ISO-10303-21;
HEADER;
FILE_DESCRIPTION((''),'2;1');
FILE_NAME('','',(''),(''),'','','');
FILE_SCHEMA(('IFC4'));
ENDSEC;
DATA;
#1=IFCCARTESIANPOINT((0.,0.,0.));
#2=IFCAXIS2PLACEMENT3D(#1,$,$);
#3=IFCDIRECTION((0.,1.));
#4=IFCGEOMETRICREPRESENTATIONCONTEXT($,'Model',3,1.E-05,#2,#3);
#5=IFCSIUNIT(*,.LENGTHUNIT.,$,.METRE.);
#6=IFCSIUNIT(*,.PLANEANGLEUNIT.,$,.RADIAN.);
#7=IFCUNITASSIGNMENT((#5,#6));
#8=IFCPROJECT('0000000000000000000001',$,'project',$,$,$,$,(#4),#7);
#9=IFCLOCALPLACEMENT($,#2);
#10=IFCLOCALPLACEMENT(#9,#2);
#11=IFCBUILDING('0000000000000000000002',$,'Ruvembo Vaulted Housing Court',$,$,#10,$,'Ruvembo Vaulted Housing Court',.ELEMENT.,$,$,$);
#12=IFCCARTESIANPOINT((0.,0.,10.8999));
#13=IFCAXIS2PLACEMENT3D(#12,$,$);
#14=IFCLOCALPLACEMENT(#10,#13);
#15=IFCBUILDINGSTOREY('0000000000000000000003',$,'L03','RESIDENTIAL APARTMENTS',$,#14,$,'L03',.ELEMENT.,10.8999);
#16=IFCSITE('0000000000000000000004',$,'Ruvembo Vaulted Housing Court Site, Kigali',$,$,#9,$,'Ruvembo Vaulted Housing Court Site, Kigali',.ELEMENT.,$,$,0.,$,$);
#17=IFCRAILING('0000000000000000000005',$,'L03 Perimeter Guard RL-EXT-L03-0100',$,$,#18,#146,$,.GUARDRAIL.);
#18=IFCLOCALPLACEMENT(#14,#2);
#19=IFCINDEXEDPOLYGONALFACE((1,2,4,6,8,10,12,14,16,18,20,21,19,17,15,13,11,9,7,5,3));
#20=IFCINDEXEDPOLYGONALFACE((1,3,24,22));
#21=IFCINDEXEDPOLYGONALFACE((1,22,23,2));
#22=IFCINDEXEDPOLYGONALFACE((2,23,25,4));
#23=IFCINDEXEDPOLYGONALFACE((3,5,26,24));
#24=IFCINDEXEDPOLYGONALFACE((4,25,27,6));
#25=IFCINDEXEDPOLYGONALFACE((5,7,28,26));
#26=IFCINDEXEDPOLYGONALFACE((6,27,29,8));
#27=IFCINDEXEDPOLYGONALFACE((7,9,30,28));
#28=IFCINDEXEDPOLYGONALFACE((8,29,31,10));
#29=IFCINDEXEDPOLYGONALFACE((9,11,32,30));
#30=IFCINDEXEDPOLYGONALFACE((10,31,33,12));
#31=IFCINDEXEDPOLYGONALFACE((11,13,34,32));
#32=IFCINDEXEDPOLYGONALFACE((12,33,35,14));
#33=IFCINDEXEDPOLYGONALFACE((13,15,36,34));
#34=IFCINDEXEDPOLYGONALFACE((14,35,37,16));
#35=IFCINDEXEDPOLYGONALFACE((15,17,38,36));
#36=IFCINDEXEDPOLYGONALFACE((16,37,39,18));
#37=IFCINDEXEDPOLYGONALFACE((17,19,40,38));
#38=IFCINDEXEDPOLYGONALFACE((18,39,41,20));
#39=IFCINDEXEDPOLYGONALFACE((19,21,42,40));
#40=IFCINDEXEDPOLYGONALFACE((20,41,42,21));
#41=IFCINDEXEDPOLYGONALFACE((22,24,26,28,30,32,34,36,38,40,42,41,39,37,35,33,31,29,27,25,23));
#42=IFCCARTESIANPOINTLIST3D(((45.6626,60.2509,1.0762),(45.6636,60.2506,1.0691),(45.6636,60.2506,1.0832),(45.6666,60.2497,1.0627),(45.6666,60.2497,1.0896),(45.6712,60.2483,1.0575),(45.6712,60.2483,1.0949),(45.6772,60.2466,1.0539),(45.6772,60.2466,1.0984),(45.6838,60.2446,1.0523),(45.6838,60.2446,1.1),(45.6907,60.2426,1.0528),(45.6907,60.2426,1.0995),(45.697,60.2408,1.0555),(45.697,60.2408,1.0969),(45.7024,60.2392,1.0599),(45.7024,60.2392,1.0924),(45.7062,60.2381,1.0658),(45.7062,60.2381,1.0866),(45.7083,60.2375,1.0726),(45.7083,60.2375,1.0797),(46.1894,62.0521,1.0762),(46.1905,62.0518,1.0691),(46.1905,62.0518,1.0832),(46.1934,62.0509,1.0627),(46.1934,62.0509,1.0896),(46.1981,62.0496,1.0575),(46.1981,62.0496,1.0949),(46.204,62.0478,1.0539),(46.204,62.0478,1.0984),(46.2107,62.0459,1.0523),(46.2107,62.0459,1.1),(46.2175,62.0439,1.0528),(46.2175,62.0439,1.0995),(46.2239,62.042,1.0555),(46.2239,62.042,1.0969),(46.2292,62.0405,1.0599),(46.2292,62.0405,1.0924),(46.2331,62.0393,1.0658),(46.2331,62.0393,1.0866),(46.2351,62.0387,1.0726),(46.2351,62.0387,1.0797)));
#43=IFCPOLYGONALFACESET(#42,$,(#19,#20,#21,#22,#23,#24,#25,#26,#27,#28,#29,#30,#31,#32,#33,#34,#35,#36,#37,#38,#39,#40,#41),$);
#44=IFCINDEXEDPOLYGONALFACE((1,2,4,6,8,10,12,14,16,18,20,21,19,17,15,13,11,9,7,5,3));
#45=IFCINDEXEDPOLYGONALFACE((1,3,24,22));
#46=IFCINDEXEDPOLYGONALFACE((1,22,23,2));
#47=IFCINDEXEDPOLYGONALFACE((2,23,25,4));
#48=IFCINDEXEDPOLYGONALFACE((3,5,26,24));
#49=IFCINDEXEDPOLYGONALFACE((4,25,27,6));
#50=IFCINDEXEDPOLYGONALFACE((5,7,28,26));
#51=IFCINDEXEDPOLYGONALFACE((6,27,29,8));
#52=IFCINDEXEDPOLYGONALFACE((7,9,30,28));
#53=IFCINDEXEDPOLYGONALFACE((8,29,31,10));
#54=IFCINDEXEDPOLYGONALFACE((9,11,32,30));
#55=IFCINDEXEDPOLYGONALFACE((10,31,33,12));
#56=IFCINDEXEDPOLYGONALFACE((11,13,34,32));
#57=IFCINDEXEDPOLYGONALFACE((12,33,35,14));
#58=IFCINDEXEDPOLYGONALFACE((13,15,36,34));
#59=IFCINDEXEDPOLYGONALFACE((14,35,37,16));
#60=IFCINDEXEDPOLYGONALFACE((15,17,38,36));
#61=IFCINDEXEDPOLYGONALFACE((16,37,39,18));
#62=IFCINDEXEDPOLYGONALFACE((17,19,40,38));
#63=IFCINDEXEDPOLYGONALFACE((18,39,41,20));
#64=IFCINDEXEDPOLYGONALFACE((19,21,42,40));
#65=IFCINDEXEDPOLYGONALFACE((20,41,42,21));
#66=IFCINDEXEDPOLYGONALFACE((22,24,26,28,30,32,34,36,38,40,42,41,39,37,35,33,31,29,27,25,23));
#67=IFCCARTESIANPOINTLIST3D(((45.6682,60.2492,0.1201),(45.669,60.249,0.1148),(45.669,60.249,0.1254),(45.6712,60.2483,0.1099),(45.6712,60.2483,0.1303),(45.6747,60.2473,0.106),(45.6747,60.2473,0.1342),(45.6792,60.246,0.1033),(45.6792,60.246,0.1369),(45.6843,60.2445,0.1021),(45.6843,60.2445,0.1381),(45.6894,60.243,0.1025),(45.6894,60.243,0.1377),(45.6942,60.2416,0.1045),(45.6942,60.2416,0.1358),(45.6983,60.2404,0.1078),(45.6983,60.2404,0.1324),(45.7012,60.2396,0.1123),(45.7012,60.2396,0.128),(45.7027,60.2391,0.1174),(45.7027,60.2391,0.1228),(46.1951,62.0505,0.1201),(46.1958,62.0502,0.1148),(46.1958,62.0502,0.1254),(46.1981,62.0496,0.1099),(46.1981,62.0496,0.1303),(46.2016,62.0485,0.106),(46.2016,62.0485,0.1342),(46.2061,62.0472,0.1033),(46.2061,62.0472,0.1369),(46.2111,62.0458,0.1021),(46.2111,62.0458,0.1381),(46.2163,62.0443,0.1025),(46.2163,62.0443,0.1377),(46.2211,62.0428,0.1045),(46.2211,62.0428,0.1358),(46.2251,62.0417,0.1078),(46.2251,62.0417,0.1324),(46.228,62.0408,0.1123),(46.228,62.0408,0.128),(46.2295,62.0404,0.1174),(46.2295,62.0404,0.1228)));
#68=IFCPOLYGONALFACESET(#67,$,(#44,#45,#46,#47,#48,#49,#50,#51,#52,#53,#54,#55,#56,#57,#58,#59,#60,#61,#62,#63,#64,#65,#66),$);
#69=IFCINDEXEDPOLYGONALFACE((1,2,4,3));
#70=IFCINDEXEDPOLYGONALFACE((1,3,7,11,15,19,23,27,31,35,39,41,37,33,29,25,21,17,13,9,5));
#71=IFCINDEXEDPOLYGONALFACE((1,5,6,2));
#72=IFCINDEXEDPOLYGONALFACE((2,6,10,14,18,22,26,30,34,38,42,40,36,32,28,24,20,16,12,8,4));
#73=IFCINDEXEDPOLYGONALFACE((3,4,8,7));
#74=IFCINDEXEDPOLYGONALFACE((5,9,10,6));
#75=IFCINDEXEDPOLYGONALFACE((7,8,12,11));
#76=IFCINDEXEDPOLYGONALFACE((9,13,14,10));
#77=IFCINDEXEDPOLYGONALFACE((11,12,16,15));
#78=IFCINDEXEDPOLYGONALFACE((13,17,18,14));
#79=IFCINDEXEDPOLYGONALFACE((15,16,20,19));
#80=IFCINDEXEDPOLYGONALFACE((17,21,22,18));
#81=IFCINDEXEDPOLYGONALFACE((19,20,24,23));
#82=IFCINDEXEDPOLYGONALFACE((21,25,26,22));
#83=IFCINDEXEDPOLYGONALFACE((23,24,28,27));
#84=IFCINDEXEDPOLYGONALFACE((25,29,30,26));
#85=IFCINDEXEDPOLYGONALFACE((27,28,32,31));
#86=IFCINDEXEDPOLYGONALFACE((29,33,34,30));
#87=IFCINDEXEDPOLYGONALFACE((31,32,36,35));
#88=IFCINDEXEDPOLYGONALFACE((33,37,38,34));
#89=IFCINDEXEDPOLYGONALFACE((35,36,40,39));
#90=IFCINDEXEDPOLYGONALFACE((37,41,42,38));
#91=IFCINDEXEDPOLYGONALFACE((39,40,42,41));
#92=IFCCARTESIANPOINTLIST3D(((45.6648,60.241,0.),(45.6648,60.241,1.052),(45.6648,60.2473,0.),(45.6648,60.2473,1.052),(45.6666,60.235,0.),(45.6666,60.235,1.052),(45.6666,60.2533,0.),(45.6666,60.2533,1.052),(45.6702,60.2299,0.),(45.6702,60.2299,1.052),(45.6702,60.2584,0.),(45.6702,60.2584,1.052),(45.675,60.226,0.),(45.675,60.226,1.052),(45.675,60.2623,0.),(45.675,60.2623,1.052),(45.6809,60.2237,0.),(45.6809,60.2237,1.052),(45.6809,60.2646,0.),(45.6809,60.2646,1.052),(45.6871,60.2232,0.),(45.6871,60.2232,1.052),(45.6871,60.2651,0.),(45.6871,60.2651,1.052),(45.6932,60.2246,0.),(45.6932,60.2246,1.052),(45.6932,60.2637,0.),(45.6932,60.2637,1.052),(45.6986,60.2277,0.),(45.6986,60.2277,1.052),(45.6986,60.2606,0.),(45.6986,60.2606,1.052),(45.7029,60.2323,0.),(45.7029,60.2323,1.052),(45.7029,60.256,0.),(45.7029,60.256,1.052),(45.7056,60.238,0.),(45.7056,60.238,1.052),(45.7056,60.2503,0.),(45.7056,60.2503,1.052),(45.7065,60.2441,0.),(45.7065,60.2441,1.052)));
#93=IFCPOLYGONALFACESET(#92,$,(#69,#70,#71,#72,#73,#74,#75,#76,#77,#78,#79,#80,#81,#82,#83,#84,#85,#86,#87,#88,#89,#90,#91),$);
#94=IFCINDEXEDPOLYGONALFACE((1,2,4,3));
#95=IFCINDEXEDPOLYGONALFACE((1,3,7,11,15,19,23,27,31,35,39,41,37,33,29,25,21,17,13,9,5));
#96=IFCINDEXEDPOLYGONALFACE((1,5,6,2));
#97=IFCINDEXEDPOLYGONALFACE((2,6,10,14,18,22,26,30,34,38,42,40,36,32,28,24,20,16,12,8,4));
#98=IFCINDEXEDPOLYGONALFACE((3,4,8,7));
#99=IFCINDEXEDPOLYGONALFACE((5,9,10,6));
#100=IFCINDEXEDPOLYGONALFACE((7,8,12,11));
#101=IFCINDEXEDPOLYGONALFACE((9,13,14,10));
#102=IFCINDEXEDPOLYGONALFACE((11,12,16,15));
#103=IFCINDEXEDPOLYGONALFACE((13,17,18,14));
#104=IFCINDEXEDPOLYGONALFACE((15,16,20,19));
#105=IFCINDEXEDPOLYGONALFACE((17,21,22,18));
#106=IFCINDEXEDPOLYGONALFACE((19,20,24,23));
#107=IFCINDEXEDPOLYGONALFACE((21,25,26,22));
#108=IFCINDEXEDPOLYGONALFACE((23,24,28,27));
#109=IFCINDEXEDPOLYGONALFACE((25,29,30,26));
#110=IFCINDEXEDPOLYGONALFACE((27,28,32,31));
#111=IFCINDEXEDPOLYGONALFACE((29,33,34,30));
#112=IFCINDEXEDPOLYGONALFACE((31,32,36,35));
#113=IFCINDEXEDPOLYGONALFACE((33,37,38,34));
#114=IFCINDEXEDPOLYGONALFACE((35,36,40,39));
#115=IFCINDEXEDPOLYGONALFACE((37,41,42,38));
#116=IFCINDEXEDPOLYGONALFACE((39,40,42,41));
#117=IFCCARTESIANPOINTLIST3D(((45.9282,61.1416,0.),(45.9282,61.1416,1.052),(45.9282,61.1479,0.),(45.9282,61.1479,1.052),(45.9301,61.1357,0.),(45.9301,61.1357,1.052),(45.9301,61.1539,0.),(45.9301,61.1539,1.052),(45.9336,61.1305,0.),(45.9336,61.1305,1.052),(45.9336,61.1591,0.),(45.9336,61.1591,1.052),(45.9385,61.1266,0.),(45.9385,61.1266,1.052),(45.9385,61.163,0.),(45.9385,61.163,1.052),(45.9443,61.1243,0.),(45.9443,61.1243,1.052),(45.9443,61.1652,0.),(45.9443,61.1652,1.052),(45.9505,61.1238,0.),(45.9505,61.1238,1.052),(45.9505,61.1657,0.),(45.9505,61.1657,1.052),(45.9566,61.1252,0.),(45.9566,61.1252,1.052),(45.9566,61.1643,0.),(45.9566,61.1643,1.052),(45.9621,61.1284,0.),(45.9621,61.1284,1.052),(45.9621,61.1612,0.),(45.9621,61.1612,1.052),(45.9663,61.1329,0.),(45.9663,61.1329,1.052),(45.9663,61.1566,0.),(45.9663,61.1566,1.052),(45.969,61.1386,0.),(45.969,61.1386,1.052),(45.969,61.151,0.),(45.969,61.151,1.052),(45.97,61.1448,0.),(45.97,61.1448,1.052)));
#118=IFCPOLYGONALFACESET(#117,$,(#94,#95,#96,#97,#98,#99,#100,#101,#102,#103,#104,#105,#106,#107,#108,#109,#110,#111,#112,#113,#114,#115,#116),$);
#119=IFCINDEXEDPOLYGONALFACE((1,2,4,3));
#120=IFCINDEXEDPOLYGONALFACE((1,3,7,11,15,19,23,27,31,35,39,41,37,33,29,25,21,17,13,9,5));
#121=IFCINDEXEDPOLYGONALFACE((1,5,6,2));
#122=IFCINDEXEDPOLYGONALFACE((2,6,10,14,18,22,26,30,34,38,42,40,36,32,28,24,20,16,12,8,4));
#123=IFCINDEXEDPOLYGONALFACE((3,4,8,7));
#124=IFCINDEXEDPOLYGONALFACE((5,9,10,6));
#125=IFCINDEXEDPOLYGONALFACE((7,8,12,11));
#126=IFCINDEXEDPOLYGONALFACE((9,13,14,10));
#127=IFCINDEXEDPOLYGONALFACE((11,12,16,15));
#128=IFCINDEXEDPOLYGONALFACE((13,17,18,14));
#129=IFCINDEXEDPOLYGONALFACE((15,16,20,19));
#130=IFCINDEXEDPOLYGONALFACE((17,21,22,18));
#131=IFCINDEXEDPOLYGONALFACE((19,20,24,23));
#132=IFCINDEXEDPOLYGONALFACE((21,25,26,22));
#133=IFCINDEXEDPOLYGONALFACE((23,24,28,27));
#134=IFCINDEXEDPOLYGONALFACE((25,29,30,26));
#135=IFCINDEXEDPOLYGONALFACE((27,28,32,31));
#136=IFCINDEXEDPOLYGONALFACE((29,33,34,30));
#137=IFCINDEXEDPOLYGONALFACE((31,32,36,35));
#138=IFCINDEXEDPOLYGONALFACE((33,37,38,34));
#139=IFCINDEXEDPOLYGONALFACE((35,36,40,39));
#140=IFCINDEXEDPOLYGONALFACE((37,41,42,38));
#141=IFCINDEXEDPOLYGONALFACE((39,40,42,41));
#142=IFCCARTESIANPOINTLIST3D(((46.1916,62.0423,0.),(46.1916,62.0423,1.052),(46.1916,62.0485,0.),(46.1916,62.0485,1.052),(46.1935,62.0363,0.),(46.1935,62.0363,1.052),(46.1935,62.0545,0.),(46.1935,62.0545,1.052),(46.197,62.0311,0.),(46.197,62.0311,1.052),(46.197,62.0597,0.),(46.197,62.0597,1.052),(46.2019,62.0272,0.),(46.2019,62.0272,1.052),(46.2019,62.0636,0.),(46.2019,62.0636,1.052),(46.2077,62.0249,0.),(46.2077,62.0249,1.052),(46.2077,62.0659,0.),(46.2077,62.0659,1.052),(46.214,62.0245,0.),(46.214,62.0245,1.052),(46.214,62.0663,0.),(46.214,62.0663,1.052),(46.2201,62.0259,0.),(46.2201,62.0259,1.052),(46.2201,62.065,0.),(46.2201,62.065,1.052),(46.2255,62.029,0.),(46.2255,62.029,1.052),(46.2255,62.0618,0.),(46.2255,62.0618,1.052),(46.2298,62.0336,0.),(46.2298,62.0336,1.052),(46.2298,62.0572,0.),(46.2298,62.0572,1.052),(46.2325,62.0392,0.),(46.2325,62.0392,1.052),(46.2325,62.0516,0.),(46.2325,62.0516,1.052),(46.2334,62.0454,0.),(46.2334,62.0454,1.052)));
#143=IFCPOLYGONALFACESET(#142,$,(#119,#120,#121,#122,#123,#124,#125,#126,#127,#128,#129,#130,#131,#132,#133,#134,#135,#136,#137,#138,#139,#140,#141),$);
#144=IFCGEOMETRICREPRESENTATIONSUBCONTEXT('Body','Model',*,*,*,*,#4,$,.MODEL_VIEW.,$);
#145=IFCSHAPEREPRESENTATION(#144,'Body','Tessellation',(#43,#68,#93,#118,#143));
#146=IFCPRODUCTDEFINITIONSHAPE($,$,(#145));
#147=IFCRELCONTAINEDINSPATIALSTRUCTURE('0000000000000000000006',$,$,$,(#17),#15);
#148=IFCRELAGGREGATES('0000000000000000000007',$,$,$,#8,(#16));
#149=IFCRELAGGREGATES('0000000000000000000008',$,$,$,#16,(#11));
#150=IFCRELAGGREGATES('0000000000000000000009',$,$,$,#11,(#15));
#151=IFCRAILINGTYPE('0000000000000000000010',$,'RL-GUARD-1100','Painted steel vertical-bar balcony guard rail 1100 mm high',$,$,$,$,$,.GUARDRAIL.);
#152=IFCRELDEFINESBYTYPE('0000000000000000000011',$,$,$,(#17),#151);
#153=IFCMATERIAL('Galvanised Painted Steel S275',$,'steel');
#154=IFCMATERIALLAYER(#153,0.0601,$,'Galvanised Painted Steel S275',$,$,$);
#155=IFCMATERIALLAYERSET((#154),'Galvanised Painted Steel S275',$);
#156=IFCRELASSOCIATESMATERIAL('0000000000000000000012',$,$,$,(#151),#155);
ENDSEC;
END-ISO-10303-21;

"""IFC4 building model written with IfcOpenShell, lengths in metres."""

from ifc_helpers import new_model, si_unit, direction, frame, origin, origin_2d, place, context, subcontext, project, spatial, circle, extrude, material, layer, layer_set, type_object, element, save


model = new_model("IFC4")

# Units and contexts
model_context = context("Model", 3, precision=1e-05, world=origin(), true_north=direction((0.0, 1.0)))
body_context = subcontext(model_context, "Body", "Model", "MODEL_VIEW")
ifc_project = project(units=[si_unit("LENGTHUNIT", "METRE"), si_unit("PLANEANGLEUNIT", "RADIAN")], contexts=[model_context])

# Site, building, storey
site_placement = place(None, origin())
site = spatial("IfcSite", under=ifc_project, at=site_placement, Name="Ruvembo Vaulted Housing Court Site, Kigali", LongName="Ruvembo Vaulted Housing Court Site, Kigali", CompositionType="ELEMENT", RefElevation=0.0)
building_placement = place(site_placement, origin())
building = spatial("IfcBuilding", under=site, at=building_placement, Name="Ruvembo Vaulted Housing Court", LongName="Ruvembo Vaulted Housing Court", CompositionType="ELEMENT")
storey_placement = place(building_placement, frame((0.0, 0.0, 10.8999)))
storey = spatial("IfcBuildingStorey", under=building, at=storey_placement, Name="L03", Description="RESIDENTIAL APARTMENTS", LongName="L03", CompositionType="ELEMENT", Elevation=10.8999)

# Railing
ifc_material_1 = material(Name="Galvanised Painted Steel S275", Category="steel")
ifc_layer_1 = layer(ifc_material_1, 0.0601, Name="Galvanised Painted Steel S275")
ifc_layer_set_1 = layer_set([ifc_layer_1], Name="Galvanised Painted Steel S275")
railing_type = type_object("IfcRailingType", Name="RL-GUARD-1100", Description="Painted steel vertical-bar balcony guard rail 1100 mm high", PredefinedType="GUARDRAIL", material=ifc_layer_set_1)
railing_1_placement = place(storey_placement, frame((45.6855, 60.2441, 0.0)))
element("IfcRailing", 1, at=railing_1_placement, inside=storey, type_object=railing_type, Name="L03 Perimeter Guard RL-EXT-L03-0100", PredefinedType="GUARDRAIL", context=body_context, shape_type="SweptSolid", body=[
    extrude(circle(Radius=0.0239, at=origin_2d()), frame((0.0, 0.0, 1.0762), z_axis=(0.280729, 0.959787, 0.0), x_axis=(-0.959787, 0.280729, 0.0)), (0.0, 0.0, 1.0), 1.8767),
    extrude(circle(Radius=0.0181, at=origin_2d()), frame((0.0, 0.0, 0.1201), z_axis=(0.280729, 0.959787, 0.0), x_axis=(-0.959787, 0.280729, 0.0)), (0.0, 0.0, 1.0), 1.8767),
    extrude(circle(Radius=0.021, at=origin_2d()), origin(), (0.0, 0.0, 1.0), 1.052),
    extrude(circle(Radius=0.021, at=origin_2d()), frame((0.2634, 0.9006, 0.0)), (0.0, 0.0, 1.0), 1.052),
    extrude(circle(Radius=0.021, at=origin_2d()), frame((0.5269, 1.8013, 0.0)), (0.0, 0.0, 1.0), 1.052),
])

save(model, "model.ifc")
